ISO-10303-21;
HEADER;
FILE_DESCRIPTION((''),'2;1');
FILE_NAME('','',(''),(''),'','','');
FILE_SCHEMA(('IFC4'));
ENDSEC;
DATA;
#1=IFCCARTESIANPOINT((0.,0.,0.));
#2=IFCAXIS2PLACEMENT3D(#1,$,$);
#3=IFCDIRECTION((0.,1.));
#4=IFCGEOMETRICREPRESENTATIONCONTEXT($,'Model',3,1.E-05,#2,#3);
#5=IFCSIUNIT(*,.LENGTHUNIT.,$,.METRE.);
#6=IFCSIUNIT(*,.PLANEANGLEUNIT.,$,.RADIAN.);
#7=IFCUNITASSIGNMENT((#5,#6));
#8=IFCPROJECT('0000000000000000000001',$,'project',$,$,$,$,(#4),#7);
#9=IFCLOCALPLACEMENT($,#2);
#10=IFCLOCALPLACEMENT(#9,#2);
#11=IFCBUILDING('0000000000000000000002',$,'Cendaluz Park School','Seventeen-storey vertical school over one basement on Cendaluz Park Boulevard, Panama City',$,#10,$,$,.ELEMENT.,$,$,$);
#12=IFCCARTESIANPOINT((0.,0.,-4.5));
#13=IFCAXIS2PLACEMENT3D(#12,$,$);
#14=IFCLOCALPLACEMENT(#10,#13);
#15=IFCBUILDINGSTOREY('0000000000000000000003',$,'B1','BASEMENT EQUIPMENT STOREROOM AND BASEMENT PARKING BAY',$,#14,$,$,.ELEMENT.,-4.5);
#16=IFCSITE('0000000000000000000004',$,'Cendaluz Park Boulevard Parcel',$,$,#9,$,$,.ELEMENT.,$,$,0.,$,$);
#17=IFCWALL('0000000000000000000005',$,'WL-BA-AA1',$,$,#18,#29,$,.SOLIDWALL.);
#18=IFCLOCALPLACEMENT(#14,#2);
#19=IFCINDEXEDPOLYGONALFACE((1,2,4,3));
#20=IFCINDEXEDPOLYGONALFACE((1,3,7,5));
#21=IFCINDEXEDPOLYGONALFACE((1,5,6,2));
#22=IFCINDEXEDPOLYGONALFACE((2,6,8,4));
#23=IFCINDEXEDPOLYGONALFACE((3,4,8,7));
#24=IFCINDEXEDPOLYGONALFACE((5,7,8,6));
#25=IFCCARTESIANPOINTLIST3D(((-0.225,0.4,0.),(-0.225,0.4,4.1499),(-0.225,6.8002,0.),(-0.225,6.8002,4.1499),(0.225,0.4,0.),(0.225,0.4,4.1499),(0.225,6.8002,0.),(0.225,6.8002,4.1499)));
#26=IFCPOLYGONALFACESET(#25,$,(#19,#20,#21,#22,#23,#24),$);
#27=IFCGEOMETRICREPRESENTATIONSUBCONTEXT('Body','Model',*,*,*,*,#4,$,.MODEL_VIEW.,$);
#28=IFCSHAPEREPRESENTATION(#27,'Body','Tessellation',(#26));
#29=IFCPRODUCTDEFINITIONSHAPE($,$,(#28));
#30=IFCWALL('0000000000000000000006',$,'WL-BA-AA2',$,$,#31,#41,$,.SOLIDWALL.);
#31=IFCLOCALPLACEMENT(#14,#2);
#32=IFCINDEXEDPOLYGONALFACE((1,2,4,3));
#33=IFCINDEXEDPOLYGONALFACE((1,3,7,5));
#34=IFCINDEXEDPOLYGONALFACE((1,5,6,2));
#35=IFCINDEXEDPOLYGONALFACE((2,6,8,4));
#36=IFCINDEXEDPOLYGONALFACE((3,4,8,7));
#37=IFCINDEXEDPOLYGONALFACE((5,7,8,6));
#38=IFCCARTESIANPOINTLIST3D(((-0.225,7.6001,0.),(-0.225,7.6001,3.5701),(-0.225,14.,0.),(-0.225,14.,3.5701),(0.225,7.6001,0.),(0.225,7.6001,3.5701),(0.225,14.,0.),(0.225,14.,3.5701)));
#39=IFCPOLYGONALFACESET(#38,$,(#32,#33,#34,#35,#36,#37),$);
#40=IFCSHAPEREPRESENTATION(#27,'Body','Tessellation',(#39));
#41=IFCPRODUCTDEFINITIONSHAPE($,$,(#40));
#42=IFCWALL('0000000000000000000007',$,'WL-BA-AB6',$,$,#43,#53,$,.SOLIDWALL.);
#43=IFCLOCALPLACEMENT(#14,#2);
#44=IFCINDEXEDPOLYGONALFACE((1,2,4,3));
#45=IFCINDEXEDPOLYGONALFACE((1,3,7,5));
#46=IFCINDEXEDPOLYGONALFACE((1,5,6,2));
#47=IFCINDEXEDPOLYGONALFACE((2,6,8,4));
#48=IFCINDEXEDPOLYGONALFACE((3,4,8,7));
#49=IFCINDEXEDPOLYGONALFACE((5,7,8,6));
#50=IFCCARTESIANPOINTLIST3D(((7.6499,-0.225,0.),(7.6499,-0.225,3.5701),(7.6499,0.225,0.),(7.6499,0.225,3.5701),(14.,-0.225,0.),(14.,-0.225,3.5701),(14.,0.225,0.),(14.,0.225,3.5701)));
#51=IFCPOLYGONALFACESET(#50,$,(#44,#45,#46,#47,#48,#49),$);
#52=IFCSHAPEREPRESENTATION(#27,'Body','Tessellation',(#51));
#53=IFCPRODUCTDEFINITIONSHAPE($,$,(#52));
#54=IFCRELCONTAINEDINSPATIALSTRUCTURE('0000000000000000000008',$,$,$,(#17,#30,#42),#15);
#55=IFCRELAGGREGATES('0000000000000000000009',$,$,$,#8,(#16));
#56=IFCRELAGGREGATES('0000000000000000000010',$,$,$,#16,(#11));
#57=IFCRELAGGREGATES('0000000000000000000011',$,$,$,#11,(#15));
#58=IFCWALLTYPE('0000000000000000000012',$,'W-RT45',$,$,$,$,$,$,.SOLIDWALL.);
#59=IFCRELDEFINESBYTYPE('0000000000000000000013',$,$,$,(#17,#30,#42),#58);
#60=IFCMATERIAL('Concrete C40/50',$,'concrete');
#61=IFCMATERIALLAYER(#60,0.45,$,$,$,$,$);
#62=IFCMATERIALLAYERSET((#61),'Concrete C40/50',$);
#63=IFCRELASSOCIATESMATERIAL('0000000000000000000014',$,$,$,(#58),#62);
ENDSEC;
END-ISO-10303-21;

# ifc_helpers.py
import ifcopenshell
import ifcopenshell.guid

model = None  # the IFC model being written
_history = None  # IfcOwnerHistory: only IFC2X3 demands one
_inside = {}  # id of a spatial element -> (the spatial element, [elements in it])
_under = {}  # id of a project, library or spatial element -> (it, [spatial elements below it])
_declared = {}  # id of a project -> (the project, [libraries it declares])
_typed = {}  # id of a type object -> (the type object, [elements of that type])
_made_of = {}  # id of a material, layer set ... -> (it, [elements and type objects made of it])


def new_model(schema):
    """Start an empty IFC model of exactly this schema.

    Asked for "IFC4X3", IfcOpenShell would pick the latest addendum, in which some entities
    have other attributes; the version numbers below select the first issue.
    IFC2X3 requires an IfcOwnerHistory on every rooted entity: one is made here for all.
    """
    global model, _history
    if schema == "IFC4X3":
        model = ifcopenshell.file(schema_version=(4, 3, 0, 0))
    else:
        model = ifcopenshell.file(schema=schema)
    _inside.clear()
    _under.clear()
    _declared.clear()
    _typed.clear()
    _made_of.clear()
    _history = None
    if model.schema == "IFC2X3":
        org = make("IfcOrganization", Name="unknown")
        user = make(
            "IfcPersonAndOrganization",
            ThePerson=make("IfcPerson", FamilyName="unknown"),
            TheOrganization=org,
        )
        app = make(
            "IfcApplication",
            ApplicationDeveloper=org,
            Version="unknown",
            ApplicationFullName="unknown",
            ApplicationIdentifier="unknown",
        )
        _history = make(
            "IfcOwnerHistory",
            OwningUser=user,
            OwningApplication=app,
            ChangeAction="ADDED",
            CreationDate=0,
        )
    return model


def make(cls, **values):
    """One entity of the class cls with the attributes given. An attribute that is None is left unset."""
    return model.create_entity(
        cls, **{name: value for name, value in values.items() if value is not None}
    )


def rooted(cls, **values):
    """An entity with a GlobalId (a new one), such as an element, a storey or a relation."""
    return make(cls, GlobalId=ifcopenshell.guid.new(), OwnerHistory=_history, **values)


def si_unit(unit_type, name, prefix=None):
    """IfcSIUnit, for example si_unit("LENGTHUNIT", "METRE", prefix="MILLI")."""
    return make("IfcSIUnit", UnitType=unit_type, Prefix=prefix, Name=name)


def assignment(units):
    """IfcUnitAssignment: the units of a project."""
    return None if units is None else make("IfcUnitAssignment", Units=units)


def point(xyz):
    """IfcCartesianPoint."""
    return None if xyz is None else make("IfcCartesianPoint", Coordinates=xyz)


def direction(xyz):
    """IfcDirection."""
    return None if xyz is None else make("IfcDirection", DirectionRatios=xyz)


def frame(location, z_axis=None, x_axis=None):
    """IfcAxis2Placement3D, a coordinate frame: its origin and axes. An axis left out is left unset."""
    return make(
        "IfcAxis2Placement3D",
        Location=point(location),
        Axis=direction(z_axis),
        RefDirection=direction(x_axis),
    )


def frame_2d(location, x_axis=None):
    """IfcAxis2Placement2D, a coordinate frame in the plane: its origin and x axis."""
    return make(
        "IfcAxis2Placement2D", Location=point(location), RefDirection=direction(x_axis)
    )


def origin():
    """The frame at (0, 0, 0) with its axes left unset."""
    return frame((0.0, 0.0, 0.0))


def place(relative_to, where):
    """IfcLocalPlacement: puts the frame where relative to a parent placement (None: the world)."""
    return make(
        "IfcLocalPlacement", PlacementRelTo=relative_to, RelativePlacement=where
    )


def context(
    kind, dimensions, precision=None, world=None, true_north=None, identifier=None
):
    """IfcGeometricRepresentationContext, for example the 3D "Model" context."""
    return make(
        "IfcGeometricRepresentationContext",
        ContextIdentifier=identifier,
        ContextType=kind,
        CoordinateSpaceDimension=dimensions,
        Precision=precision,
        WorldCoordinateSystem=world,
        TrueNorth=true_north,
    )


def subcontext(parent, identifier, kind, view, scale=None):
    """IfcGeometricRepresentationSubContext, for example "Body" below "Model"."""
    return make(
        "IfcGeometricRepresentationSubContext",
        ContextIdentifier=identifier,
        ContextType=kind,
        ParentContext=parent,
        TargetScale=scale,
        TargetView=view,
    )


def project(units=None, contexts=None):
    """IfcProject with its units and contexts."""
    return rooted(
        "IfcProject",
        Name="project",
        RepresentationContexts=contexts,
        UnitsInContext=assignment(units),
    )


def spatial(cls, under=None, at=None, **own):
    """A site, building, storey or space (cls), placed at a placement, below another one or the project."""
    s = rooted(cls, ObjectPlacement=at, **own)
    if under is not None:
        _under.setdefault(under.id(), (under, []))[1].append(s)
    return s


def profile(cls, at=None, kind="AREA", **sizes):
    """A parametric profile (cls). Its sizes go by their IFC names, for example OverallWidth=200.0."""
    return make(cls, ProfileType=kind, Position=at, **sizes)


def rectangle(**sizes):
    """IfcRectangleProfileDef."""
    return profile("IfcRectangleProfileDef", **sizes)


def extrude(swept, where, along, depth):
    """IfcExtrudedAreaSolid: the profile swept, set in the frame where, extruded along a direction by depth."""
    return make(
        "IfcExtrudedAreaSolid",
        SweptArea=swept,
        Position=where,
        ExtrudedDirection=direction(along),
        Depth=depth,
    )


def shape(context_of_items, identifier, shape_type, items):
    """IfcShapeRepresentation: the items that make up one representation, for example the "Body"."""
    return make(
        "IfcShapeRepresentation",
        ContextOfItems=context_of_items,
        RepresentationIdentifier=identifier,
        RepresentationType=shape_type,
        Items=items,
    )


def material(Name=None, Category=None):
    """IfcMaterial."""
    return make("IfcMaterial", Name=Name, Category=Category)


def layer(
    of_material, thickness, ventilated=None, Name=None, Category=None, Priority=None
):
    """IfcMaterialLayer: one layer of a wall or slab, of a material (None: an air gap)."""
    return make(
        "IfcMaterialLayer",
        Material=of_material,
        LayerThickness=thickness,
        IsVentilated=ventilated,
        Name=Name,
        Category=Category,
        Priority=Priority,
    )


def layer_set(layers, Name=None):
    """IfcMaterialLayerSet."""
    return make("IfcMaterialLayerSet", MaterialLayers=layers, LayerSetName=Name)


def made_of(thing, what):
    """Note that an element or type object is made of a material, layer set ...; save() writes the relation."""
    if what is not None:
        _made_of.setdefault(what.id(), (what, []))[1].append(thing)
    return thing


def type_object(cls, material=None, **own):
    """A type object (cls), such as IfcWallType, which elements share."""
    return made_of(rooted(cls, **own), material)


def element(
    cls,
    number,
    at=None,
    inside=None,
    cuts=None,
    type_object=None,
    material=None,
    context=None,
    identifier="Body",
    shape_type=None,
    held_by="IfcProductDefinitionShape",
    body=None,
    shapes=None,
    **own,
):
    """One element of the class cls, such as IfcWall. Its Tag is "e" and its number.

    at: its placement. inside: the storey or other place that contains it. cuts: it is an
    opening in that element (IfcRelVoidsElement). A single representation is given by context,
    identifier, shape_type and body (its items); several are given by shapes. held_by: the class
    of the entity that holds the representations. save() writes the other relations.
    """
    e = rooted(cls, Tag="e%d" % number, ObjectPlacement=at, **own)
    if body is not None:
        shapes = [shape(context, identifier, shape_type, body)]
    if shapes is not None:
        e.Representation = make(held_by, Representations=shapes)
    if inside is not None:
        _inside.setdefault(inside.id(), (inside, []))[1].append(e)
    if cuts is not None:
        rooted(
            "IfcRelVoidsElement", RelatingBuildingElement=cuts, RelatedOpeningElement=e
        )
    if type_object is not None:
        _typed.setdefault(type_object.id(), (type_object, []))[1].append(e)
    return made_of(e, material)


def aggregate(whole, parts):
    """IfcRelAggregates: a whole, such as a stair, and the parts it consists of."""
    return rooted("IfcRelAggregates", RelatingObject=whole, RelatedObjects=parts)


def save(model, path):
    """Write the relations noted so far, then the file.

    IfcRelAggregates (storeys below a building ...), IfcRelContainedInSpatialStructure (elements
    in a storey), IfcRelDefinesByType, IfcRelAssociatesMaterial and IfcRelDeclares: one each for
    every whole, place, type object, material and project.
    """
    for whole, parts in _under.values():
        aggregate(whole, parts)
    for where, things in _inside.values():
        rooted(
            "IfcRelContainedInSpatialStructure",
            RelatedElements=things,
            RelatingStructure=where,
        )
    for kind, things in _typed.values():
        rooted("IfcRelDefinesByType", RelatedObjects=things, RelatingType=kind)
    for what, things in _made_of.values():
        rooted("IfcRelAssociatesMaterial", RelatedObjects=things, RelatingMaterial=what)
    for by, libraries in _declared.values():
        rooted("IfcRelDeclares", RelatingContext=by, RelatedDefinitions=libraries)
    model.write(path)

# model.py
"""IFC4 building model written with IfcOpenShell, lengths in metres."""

from ifc_helpers import new_model, si_unit, direction, frame, frame_2d, origin, place, context, subcontext, project, spatial, rectangle, extrude, material, layer, layer_set, type_object, element, save


model = new_model("IFC4")

# Units and contexts
model_context = context("Model", 3, precision=1e-05, world=origin(), true_north=direction((0.0, 1.0)))
body_context = subcontext(model_context, "Body", "Model", "MODEL_VIEW")
ifc_project = project(units=[si_unit("LENGTHUNIT", "METRE"), si_unit("PLANEANGLEUNIT", "RADIAN")], contexts=[model_context])

# Site, building, storey
site_placement = place(None, origin())
site = spatial("IfcSite", under=ifc_project, at=site_placement, Name="Cendaluz Park Boulevard Parcel", CompositionType="ELEMENT", RefElevation=0.0)
building_placement = place(site_placement, origin())
building = spatial("IfcBuilding", under=site, at=building_placement, Name="Cendaluz Park School", Description="Seventeen-storey vertical school over one basement on Cendaluz Park Boulevard, Panama City", CompositionType="ELEMENT")
storey_placement = place(building_placement, frame((0.0, 0.0, -4.5)))
storey = spatial("IfcBuildingStorey", under=building, at=storey_placement, Name="B1", Description="BASEMENT EQUIPMENT STOREROOM AND BASEMENT PARKING BAY", CompositionType="ELEMENT", Elevation=-4.5)

# Shared definitions
ifc_material = material(Name="Concrete C40/50", Category="concrete")

# Walls
ifc_layer_1 = layer(ifc_material, 0.45)
ifc_layer_set_1 = layer_set([ifc_layer_1], Name="Concrete C40/50")
wall_type = type_object("IfcWallType", Name="W-RT45", PredefinedType="SOLIDWALL", material=ifc_layer_set_1)
wall_1_placement = place(storey_placement, frame((0.0, 0.3999, 0.0), z_axis=(0.0, 0.0, 1.0), x_axis=(0.0, 1.0, 0.0)))
element("IfcWall", 1, at=wall_1_placement, inside=storey, type_object=wall_type, Name="WL-BA-AA1", PredefinedType="SOLIDWALL", context=body_context, shape_type="SweptSolid", body=[
    extrude(rectangle(XDim=6.4001, YDim=0.45, at=frame_2d((3.2002, 0.0))), origin(), (0.0, 0.0, 1.0), 4.1499),
])
wall_2_placement = place(storey_placement, frame((0.0, 7.6001, 0.0), z_axis=(0.0, 0.0, 1.0), x_axis=(0.0, 1.0, 0.0)))
element("IfcWall", 2, at=wall_2_placement, inside=storey, type_object=wall_type, Name="WL-BA-AA2", PredefinedType="SOLIDWALL", context=body_context, shape_type="SweptSolid", body=[
    extrude(rectangle(XDim=6.3999, YDim=0.45, at=frame_2d((3.2, 0.0))), origin(), (0.0, 0.0, 1.0), 3.5701),
])
wall_3_placement = place(storey_placement, frame((7.6499, 0.0, 0.0), z_axis=(0.0, 0.0, 1.0), x_axis=(1.0, 0.0, 0.0)))
element("IfcWall", 3, at=wall_3_placement, inside=storey, type_object=wall_type, Name="WL-BA-AB6", PredefinedType="SOLIDWALL", context=body_context, shape_type="SweptSolid", body=[
    extrude(rectangle(XDim=6.3501, YDim=0.45, at=frame_2d((3.175, 0.0))), origin(), (0.0, 0.0, 1.0), 3.5701),
])

save(model, "model.ifc")
